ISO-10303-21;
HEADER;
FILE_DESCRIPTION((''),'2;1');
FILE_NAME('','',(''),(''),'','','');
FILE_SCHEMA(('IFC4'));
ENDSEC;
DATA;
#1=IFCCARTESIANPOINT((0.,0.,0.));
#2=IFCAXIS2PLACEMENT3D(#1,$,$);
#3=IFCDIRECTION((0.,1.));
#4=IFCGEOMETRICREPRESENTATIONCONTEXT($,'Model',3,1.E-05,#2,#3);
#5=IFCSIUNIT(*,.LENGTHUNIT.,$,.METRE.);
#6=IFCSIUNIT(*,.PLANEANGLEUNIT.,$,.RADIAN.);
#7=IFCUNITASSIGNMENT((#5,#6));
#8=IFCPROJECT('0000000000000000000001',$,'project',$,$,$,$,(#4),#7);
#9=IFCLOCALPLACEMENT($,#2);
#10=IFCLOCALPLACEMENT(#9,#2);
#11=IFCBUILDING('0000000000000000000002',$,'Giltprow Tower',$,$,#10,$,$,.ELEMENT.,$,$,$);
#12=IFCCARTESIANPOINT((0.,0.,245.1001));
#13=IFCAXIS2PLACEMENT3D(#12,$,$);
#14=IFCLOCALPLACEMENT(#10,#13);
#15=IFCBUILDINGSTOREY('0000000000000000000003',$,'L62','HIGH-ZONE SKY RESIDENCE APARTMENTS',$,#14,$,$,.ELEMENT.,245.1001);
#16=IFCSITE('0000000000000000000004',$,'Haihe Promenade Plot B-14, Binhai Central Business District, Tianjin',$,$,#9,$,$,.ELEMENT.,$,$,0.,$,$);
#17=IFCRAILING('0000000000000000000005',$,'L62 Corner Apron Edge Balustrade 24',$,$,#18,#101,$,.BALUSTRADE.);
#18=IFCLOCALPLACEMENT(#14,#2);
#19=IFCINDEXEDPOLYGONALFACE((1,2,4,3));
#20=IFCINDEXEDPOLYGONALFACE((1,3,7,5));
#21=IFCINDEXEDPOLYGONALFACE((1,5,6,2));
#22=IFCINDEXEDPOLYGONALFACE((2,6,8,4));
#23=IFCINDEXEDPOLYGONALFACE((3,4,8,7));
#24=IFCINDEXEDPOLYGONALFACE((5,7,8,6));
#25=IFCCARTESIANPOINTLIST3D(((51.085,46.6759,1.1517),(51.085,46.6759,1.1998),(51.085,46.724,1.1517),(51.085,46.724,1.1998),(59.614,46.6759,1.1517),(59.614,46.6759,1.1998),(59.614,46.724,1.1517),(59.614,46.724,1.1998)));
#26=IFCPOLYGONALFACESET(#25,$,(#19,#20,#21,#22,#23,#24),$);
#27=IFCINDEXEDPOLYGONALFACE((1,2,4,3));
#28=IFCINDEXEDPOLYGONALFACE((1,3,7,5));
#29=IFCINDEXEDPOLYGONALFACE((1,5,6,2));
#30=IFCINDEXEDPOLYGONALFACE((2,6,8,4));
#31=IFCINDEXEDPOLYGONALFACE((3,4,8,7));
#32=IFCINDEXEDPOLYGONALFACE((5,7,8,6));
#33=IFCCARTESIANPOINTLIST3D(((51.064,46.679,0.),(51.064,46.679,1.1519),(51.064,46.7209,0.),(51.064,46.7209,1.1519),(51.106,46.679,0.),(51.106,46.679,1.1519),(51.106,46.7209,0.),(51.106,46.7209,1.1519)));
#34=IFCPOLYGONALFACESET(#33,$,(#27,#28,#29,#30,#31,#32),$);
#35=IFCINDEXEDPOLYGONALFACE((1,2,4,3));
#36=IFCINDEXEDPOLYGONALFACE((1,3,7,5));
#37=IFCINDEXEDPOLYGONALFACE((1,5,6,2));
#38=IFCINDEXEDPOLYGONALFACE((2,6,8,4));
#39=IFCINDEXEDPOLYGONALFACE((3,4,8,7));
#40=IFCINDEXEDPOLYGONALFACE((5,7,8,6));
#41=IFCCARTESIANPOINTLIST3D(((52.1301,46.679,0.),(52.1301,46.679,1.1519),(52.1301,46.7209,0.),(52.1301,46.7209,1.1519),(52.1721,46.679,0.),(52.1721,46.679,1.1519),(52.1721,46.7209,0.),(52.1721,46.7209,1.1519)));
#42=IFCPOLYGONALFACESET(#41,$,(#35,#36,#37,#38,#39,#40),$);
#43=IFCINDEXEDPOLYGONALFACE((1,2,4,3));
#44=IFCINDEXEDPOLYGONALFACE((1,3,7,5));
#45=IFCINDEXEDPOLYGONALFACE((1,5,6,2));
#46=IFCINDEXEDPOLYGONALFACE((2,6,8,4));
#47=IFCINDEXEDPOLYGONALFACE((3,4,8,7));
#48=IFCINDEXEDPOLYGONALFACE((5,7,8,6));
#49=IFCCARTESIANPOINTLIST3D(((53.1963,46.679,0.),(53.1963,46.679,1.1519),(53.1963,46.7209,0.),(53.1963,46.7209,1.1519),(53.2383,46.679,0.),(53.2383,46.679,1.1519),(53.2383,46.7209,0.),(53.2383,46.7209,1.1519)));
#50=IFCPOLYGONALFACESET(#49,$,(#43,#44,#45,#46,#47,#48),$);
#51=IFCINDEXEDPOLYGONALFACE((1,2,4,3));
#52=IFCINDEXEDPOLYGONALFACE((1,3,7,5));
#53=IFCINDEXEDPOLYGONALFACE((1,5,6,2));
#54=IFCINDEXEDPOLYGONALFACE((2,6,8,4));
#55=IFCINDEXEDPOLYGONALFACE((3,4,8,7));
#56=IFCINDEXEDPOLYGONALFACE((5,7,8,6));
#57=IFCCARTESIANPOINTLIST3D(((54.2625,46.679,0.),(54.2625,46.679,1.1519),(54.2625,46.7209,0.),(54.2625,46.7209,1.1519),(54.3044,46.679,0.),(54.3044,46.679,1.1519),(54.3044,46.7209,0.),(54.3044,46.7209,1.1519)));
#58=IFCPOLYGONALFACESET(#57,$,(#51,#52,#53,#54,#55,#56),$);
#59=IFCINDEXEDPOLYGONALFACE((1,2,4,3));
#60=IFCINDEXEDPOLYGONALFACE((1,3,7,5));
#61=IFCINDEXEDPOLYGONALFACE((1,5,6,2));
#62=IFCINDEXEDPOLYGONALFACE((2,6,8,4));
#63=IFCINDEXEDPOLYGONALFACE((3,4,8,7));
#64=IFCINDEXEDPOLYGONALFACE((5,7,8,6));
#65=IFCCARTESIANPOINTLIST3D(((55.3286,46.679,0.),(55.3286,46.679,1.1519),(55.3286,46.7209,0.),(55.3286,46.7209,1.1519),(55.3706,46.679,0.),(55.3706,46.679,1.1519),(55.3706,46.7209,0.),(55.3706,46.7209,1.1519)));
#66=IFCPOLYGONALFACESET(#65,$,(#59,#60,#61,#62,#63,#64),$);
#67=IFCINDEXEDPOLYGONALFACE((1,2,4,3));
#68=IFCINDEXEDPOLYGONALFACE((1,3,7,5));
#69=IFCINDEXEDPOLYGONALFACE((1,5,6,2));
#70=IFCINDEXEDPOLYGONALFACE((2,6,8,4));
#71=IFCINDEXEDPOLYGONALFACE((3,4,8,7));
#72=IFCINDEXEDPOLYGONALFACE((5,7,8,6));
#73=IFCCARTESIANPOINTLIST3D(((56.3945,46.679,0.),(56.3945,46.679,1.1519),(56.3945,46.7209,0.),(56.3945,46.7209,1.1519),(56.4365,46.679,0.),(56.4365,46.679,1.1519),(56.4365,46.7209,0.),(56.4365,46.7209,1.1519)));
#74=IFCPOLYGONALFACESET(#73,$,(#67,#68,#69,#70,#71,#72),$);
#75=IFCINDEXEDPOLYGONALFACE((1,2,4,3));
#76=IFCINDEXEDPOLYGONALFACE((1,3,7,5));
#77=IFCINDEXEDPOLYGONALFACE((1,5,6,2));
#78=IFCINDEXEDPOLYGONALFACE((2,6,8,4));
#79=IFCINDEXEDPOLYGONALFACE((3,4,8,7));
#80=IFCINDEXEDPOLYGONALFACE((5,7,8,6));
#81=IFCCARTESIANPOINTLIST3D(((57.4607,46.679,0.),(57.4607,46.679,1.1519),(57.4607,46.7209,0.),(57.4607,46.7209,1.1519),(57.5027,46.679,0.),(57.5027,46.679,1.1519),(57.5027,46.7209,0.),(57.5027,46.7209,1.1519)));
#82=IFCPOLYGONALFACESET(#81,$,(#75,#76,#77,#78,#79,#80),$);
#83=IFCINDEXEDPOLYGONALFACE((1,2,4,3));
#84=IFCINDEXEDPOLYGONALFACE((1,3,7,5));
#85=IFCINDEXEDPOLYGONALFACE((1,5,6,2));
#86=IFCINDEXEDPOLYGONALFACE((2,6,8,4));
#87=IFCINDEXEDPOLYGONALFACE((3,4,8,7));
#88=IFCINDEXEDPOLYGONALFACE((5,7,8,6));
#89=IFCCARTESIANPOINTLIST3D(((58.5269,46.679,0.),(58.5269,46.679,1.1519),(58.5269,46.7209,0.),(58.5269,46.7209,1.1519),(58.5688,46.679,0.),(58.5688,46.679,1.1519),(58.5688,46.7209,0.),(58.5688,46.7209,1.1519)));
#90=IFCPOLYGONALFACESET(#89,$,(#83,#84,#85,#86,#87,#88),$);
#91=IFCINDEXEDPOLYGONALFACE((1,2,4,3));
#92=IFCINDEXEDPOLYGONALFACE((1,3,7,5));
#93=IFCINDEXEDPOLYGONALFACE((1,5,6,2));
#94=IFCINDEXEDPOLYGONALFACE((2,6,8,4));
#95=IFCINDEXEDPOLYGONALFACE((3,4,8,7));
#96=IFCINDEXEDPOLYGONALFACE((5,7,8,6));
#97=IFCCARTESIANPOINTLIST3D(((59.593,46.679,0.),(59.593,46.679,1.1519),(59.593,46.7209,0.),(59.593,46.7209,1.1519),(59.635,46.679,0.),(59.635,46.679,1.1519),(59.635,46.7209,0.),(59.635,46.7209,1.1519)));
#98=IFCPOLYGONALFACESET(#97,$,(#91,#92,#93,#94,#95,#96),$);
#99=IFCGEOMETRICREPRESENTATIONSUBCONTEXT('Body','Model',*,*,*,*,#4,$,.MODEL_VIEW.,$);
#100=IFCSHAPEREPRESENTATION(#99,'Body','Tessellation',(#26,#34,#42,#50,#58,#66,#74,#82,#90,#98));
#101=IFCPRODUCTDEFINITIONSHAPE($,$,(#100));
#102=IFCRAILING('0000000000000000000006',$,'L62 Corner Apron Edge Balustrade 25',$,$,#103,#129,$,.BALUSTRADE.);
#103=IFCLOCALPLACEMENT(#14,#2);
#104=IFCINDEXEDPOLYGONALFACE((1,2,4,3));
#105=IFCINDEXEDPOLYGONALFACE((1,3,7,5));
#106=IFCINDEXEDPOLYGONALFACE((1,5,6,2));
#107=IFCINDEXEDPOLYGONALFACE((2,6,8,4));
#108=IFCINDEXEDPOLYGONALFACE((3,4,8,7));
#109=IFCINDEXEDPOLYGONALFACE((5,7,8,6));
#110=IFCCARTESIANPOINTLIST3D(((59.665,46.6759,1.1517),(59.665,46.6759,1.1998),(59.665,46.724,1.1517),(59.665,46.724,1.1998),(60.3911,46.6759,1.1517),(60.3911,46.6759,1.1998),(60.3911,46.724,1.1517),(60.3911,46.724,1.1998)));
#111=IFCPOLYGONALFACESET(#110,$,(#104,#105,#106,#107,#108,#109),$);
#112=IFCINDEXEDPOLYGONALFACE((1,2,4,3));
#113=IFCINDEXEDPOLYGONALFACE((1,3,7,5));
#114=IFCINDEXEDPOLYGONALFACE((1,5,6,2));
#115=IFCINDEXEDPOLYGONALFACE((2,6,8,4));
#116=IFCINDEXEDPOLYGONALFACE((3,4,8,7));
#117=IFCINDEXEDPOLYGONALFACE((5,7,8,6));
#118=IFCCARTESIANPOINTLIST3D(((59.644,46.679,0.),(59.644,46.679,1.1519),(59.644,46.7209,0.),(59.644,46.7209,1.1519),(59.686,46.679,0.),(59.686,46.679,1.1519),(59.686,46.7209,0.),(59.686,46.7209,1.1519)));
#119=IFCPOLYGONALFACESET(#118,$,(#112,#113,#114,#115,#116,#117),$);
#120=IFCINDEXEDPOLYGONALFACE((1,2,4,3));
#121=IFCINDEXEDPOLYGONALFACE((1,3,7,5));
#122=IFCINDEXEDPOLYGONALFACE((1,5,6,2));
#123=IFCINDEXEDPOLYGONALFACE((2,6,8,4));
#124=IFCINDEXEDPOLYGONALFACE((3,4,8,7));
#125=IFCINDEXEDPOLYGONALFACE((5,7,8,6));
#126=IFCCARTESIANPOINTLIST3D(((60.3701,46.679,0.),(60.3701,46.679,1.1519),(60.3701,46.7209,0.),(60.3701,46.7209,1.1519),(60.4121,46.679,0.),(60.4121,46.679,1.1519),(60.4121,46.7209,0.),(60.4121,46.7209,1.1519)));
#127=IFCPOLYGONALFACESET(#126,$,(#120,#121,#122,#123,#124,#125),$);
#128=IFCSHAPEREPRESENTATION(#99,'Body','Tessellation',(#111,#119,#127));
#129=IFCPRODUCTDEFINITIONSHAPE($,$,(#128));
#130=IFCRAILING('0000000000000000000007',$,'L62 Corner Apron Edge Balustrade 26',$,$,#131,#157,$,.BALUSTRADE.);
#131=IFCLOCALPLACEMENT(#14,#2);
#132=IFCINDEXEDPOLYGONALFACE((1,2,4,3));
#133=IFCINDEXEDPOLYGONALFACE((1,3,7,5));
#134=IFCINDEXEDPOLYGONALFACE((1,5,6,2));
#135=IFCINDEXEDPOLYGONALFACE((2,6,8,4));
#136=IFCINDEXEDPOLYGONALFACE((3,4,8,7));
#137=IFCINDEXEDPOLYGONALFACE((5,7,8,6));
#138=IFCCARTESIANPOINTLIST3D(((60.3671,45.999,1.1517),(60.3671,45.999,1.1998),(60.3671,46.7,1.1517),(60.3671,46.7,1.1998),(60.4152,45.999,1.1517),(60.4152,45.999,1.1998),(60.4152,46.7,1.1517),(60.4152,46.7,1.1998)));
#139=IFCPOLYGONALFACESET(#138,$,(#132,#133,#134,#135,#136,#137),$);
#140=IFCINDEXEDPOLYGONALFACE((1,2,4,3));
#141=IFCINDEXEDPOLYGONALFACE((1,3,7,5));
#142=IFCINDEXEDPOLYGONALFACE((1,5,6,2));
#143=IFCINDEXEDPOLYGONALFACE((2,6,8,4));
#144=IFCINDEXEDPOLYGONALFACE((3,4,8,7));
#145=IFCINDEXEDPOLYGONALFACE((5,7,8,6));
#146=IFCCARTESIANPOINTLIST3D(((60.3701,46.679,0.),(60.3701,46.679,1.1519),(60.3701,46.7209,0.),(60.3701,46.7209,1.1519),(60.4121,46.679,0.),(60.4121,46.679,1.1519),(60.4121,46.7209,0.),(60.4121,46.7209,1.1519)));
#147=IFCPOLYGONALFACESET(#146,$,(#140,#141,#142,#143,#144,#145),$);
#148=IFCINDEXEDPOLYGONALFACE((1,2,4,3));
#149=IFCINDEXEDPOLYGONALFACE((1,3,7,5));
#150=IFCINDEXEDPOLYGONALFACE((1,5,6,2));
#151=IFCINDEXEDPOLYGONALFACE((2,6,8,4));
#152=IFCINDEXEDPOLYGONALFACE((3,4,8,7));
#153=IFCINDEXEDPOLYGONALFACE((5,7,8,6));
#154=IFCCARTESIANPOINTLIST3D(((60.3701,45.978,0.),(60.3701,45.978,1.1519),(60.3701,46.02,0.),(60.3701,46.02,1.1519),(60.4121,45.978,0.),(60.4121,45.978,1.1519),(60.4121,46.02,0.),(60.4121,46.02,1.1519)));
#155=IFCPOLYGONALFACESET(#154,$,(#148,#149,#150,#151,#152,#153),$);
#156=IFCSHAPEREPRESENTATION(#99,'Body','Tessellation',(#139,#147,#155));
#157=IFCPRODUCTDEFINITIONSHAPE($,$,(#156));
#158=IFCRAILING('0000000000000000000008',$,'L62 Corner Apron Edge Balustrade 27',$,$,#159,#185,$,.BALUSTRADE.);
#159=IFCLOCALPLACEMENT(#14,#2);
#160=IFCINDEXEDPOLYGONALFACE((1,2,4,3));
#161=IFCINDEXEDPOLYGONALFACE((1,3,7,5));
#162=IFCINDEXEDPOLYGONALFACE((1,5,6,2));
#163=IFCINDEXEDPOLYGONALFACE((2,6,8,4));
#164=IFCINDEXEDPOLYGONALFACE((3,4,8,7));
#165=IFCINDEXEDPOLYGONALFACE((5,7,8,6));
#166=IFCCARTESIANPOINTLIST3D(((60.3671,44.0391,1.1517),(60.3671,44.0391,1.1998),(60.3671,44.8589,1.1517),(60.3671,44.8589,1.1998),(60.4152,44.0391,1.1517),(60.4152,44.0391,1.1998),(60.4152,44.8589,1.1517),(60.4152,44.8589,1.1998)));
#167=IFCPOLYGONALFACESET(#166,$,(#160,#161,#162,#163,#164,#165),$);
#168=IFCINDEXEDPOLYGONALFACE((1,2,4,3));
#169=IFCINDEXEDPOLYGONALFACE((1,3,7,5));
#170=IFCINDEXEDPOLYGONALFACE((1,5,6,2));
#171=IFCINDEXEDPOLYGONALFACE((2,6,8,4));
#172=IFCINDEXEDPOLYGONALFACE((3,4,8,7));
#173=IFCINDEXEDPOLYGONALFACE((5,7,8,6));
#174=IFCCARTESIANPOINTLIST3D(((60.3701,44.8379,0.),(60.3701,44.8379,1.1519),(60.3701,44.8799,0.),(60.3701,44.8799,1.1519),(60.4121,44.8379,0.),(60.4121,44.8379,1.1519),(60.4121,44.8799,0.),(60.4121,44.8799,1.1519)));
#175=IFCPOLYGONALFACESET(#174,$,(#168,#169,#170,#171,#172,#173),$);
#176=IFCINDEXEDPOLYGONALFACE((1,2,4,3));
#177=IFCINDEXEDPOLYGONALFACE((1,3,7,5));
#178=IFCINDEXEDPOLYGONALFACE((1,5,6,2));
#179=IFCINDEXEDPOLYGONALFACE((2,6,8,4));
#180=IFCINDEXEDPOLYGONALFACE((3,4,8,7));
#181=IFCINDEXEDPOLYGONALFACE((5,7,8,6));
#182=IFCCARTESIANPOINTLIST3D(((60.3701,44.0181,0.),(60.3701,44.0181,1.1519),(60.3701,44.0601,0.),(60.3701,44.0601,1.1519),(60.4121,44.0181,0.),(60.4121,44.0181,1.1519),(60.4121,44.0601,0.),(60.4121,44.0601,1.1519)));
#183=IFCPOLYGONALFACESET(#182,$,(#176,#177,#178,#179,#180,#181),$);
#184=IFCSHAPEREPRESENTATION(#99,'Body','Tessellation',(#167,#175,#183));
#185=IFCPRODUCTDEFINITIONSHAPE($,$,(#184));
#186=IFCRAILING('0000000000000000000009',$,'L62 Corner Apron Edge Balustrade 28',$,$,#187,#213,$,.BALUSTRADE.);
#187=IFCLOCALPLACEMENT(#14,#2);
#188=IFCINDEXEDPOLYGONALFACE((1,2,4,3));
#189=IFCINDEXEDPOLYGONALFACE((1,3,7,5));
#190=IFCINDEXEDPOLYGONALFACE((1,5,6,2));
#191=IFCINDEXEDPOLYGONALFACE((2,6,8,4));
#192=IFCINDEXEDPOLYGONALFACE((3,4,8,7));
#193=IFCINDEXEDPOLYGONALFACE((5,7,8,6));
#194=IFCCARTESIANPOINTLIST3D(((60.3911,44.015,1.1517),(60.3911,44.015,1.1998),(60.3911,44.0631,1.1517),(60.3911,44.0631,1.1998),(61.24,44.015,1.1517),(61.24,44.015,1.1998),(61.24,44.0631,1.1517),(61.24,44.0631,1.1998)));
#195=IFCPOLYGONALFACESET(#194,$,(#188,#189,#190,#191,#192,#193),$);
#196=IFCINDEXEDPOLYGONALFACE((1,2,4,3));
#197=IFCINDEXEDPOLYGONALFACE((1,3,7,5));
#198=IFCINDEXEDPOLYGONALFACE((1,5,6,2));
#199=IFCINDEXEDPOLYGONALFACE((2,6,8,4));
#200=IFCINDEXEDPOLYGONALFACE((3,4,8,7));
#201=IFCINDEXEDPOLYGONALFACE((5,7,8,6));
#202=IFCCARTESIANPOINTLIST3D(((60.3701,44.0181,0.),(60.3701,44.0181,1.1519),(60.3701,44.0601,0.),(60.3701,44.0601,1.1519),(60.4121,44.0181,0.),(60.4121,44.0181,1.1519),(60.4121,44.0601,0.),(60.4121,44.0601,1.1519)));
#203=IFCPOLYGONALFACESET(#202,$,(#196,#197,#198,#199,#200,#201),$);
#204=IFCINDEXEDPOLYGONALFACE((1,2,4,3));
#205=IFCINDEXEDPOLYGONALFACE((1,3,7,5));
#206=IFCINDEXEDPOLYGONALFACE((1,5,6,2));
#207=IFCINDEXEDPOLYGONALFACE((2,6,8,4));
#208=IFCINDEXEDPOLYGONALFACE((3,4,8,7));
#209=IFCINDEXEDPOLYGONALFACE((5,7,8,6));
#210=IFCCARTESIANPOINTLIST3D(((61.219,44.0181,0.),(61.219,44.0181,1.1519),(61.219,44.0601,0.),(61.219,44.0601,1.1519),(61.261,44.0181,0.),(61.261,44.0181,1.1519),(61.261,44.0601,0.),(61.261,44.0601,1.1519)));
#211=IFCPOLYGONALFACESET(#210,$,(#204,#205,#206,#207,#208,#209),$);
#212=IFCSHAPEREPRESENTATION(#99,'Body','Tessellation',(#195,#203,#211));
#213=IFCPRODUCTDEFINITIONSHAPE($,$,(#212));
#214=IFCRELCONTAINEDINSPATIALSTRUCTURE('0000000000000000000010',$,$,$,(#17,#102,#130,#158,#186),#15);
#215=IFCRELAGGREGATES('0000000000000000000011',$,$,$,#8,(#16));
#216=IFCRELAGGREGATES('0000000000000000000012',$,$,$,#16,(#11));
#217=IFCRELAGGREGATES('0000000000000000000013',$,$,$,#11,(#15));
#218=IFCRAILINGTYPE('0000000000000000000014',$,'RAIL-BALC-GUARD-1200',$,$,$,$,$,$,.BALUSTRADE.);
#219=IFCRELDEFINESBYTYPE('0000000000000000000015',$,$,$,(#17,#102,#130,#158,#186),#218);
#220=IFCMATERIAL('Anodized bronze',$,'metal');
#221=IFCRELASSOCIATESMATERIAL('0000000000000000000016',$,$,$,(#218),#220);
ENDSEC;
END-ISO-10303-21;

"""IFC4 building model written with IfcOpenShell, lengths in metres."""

from ifc_helpers import new_model, si_unit, direction, frame, origin, origin_2d, place, context, subcontext, project, spatial, rectangle, extrude, material, type_object, element, save


model = new_model("IFC4")

# Units and contexts
model_context = context("Model", 3, precision=1e-05, world=origin(), true_north=direction((0.0, 1.0)))
body_context = subcontext(model_context, "Body", "Model", "MODEL_VIEW")
ifc_project = project(units=[si_unit("LENGTHUNIT", "METRE"), si_unit("PLANEANGLEUNIT", "RADIAN")], contexts=[model_context])

# Site, building, storey
site_placement = place(None, origin())
site = spatial("IfcSite", under=ifc_project, at=site_placement, Name="Haihe Promenade Plot B-14, Binhai Central Business District, Tianjin", CompositionType="ELEMENT", RefElevation=0.0)
building_placement = place(site_placement, origin())
building = spatial("IfcBuilding", under=site, at=building_placement, Name="Giltprow Tower", CompositionType="ELEMENT")
storey_placement = place(building_placement, frame((0.0, 0.0, 245.1001)))
storey = spatial("IfcBuildingStorey", under=building, at=storey_placement, Name="L62", Description="HIGH-ZONE SKY RESIDENCE APARTMENTS", CompositionType="ELEMENT", Elevation=245.1001)

# Railings
ifc_material_1 = material(Name="Anodized bronze", Category="metal")
railing_type_1 = type_object("IfcRailingType", Name="RAIL-BALC-GUARD-1200", PredefinedType="BALUSTRADE", material=ifc_material_1)
railing_1_placement = place(storey_placement, frame((51.085, 46.7, 0.0)))
element("IfcRailing", 1, at=railing_1_placement, inside=storey, type_object=railing_type_1, Name="L62 Corner Apron Edge Balustrade 24", PredefinedType="BALUSTRADE", context=body_context, shape_type="SweptSolid", body=[
    extrude(rectangle(XDim=0.0481, YDim=0.0481, at=origin_2d()), frame((0.0, 0.0, 1.1758), z_axis=(1.0, 0.0, 0.0), x_axis=(0.0, 1.0, 0.0)), (0.0, 0.0, 1.0), 8.5291),
    extrude(rectangle(XDim=0.042, YDim=0.042, at=origin_2d()), origin(), (0.0, 0.0, 1.0), 1.1519),
    extrude(rectangle(XDim=0.042, YDim=0.042, at=origin_2d()), frame((1.0662, 0.0, 0.0)), (0.0, 0.0, 1.0), 1.1519),
    extrude(rectangle(XDim=0.042, YDim=0.042, at=origin_2d()), frame((2.1323, 0.0, 0.0)), (0.0, 0.0, 1.0), 1.1519),
    extrude(rectangle(XDim=0.042, YDim=0.042, at=origin_2d()), frame((3.1985, 0.0, 0.0)), (0.0, 0.0, 1.0), 1.1519),
    extrude(rectangle(XDim=0.042, YDim=0.042, at=origin_2d()), frame((4.2646, 0.0, 0.0)), (0.0, 0.0, 1.0), 1.1519),
    extrude(rectangle(XDim=0.042, YDim=0.042, at=origin_2d()), frame((5.3306, 0.0, 0.0)), (0.0, 0.0, 1.0), 1.1519),
    extrude(rectangle(XDim=0.042, YDim=0.042, at=origin_2d()), frame((6.3967, 0.0, 0.0)), (0.0, 0.0, 1.0), 1.1519),
    extrude(rectangle(XDim=0.042, YDim=0.042, at=origin_2d()), frame((7.4629, 0.0, 0.0)), (0.0, 0.0, 1.0), 1.1519),
    extrude(rectangle(XDim=0.042, YDim=0.042, at=origin_2d()), frame((8.5291, 0.0, 0.0)), (0.0, 0.0, 1.0), 1.1519),
])
railing_2_placement = place(storey_placement, frame((59.665, 46.7, 0.0)))
element("IfcRailing", 2, at=railing_2_placement, inside=storey, type_object=railing_type_1, Name="L62 Corner Apron Edge Balustrade 25", PredefinedType="BALUSTRADE", context=body_context, shape_type="SweptSolid", body=[
    extrude(rectangle(XDim=0.0481, YDim=0.0481, at=origin_2d()), frame((0.0, 0.0, 1.1758), z_axis=(1.0, 0.0, 0.0), x_axis=(0.0, 1.0, 0.0)), (0.0, 0.0, 1.0), 0.7261),
    extrude(rectangle(XDim=0.042, YDim=0.042, at=origin_2d()), origin(), (0.0, 0.0, 1.0), 1.1519),
    extrude(rectangle(XDim=0.042, YDim=0.042, at=origin_2d()), frame((0.7261, 0.0, 0.0)), (0.0, 0.0, 1.0), 1.1519),
])
railing_3_placement = place(storey_placement, frame((60.3911, 46.7, 0.0)))
element("IfcRailing", 3, at=railing_3_placement, inside=storey, type_object=railing_type_1, Name="L62 Corner Apron Edge Balustrade 26", PredefinedType="BALUSTRADE", context=body_context, shape_type="SweptSolid", body=[
    extrude(rectangle(XDim=0.0481, YDim=0.0481, at=origin_2d()), frame((0.0, 0.0, 1.1758), z_axis=(0.0, -1.0, 0.0), x_axis=(1.0, 0.0, 0.0)), (0.0, 0.0, 1.0), 0.7009),
    extrude(rectangle(XDim=0.042, YDim=0.042, at=origin_2d()), origin(), (0.0, 0.0, 1.0), 1.1519),
    extrude(rectangle(XDim=0.042, YDim=0.042, at=origin_2d()), frame((0.0, -0.7009, 0.0)), (0.0, 0.0, 1.0), 1.1519),
])
railing_4_placement = place(storey_placement, frame((60.3911, 44.8589, 0.0)))
element("IfcRailing", 4, at=railing_4_placement, inside=storey, type_object=railing_type_1, Name="L62 Corner Apron Edge Balustrade 27", PredefinedType="BALUSTRADE", context=body_context, shape_type="SweptSolid", body=[
    extrude(rectangle(XDim=0.0481, YDim=0.0481, at=origin_2d()), frame((0.0, 0.0, 1.1758), z_axis=(0.0, -1.0, 0.0), x_axis=(1.0, 0.0, 0.0)), (0.0, 0.0, 1.0), 0.8198),
    extrude(rectangle(XDim=0.042, YDim=0.042, at=origin_2d()), origin(), (0.0, 0.0, 1.0), 1.1519),
    extrude(rectangle(XDim=0.042, YDim=0.042, at=origin_2d()), frame((0.0, -0.8198, 0.0)), (0.0, 0.0, 1.0), 1.1519),
])
railing_5_placement = place(storey_placement, frame((60.3911, 44.0391, 0.0)))
element("IfcRailing", 5, at=railing_5_placement, inside=storey, type_object=railing_type_1, Name="L62 Corner Apron Edge Balustrade 28", PredefinedType="BALUSTRADE", context=body_context, shape_type="SweptSolid", body=[
    extrude(rectangle(XDim=0.0481, YDim=0.0481, at=origin_2d()), frame((0.0, 0.0, 1.1758), z_axis=(1.0, 0.0, 0.0), x_axis=(0.0, 1.0, 0.0)), (0.0, 0.0, 1.0), 0.8489),
    extrude(rectangle(XDim=0.042, YDim=0.042, at=origin_2d()), origin(), (0.0, 0.0, 1.0), 1.1519),
    extrude(rectangle(XDim=0.042, YDim=0.042, at=origin_2d()), frame((0.8489, 0.0, 0.0)), (0.0, 0.0, 1.0), 1.1519),
])

save(model, "model.ifc")
